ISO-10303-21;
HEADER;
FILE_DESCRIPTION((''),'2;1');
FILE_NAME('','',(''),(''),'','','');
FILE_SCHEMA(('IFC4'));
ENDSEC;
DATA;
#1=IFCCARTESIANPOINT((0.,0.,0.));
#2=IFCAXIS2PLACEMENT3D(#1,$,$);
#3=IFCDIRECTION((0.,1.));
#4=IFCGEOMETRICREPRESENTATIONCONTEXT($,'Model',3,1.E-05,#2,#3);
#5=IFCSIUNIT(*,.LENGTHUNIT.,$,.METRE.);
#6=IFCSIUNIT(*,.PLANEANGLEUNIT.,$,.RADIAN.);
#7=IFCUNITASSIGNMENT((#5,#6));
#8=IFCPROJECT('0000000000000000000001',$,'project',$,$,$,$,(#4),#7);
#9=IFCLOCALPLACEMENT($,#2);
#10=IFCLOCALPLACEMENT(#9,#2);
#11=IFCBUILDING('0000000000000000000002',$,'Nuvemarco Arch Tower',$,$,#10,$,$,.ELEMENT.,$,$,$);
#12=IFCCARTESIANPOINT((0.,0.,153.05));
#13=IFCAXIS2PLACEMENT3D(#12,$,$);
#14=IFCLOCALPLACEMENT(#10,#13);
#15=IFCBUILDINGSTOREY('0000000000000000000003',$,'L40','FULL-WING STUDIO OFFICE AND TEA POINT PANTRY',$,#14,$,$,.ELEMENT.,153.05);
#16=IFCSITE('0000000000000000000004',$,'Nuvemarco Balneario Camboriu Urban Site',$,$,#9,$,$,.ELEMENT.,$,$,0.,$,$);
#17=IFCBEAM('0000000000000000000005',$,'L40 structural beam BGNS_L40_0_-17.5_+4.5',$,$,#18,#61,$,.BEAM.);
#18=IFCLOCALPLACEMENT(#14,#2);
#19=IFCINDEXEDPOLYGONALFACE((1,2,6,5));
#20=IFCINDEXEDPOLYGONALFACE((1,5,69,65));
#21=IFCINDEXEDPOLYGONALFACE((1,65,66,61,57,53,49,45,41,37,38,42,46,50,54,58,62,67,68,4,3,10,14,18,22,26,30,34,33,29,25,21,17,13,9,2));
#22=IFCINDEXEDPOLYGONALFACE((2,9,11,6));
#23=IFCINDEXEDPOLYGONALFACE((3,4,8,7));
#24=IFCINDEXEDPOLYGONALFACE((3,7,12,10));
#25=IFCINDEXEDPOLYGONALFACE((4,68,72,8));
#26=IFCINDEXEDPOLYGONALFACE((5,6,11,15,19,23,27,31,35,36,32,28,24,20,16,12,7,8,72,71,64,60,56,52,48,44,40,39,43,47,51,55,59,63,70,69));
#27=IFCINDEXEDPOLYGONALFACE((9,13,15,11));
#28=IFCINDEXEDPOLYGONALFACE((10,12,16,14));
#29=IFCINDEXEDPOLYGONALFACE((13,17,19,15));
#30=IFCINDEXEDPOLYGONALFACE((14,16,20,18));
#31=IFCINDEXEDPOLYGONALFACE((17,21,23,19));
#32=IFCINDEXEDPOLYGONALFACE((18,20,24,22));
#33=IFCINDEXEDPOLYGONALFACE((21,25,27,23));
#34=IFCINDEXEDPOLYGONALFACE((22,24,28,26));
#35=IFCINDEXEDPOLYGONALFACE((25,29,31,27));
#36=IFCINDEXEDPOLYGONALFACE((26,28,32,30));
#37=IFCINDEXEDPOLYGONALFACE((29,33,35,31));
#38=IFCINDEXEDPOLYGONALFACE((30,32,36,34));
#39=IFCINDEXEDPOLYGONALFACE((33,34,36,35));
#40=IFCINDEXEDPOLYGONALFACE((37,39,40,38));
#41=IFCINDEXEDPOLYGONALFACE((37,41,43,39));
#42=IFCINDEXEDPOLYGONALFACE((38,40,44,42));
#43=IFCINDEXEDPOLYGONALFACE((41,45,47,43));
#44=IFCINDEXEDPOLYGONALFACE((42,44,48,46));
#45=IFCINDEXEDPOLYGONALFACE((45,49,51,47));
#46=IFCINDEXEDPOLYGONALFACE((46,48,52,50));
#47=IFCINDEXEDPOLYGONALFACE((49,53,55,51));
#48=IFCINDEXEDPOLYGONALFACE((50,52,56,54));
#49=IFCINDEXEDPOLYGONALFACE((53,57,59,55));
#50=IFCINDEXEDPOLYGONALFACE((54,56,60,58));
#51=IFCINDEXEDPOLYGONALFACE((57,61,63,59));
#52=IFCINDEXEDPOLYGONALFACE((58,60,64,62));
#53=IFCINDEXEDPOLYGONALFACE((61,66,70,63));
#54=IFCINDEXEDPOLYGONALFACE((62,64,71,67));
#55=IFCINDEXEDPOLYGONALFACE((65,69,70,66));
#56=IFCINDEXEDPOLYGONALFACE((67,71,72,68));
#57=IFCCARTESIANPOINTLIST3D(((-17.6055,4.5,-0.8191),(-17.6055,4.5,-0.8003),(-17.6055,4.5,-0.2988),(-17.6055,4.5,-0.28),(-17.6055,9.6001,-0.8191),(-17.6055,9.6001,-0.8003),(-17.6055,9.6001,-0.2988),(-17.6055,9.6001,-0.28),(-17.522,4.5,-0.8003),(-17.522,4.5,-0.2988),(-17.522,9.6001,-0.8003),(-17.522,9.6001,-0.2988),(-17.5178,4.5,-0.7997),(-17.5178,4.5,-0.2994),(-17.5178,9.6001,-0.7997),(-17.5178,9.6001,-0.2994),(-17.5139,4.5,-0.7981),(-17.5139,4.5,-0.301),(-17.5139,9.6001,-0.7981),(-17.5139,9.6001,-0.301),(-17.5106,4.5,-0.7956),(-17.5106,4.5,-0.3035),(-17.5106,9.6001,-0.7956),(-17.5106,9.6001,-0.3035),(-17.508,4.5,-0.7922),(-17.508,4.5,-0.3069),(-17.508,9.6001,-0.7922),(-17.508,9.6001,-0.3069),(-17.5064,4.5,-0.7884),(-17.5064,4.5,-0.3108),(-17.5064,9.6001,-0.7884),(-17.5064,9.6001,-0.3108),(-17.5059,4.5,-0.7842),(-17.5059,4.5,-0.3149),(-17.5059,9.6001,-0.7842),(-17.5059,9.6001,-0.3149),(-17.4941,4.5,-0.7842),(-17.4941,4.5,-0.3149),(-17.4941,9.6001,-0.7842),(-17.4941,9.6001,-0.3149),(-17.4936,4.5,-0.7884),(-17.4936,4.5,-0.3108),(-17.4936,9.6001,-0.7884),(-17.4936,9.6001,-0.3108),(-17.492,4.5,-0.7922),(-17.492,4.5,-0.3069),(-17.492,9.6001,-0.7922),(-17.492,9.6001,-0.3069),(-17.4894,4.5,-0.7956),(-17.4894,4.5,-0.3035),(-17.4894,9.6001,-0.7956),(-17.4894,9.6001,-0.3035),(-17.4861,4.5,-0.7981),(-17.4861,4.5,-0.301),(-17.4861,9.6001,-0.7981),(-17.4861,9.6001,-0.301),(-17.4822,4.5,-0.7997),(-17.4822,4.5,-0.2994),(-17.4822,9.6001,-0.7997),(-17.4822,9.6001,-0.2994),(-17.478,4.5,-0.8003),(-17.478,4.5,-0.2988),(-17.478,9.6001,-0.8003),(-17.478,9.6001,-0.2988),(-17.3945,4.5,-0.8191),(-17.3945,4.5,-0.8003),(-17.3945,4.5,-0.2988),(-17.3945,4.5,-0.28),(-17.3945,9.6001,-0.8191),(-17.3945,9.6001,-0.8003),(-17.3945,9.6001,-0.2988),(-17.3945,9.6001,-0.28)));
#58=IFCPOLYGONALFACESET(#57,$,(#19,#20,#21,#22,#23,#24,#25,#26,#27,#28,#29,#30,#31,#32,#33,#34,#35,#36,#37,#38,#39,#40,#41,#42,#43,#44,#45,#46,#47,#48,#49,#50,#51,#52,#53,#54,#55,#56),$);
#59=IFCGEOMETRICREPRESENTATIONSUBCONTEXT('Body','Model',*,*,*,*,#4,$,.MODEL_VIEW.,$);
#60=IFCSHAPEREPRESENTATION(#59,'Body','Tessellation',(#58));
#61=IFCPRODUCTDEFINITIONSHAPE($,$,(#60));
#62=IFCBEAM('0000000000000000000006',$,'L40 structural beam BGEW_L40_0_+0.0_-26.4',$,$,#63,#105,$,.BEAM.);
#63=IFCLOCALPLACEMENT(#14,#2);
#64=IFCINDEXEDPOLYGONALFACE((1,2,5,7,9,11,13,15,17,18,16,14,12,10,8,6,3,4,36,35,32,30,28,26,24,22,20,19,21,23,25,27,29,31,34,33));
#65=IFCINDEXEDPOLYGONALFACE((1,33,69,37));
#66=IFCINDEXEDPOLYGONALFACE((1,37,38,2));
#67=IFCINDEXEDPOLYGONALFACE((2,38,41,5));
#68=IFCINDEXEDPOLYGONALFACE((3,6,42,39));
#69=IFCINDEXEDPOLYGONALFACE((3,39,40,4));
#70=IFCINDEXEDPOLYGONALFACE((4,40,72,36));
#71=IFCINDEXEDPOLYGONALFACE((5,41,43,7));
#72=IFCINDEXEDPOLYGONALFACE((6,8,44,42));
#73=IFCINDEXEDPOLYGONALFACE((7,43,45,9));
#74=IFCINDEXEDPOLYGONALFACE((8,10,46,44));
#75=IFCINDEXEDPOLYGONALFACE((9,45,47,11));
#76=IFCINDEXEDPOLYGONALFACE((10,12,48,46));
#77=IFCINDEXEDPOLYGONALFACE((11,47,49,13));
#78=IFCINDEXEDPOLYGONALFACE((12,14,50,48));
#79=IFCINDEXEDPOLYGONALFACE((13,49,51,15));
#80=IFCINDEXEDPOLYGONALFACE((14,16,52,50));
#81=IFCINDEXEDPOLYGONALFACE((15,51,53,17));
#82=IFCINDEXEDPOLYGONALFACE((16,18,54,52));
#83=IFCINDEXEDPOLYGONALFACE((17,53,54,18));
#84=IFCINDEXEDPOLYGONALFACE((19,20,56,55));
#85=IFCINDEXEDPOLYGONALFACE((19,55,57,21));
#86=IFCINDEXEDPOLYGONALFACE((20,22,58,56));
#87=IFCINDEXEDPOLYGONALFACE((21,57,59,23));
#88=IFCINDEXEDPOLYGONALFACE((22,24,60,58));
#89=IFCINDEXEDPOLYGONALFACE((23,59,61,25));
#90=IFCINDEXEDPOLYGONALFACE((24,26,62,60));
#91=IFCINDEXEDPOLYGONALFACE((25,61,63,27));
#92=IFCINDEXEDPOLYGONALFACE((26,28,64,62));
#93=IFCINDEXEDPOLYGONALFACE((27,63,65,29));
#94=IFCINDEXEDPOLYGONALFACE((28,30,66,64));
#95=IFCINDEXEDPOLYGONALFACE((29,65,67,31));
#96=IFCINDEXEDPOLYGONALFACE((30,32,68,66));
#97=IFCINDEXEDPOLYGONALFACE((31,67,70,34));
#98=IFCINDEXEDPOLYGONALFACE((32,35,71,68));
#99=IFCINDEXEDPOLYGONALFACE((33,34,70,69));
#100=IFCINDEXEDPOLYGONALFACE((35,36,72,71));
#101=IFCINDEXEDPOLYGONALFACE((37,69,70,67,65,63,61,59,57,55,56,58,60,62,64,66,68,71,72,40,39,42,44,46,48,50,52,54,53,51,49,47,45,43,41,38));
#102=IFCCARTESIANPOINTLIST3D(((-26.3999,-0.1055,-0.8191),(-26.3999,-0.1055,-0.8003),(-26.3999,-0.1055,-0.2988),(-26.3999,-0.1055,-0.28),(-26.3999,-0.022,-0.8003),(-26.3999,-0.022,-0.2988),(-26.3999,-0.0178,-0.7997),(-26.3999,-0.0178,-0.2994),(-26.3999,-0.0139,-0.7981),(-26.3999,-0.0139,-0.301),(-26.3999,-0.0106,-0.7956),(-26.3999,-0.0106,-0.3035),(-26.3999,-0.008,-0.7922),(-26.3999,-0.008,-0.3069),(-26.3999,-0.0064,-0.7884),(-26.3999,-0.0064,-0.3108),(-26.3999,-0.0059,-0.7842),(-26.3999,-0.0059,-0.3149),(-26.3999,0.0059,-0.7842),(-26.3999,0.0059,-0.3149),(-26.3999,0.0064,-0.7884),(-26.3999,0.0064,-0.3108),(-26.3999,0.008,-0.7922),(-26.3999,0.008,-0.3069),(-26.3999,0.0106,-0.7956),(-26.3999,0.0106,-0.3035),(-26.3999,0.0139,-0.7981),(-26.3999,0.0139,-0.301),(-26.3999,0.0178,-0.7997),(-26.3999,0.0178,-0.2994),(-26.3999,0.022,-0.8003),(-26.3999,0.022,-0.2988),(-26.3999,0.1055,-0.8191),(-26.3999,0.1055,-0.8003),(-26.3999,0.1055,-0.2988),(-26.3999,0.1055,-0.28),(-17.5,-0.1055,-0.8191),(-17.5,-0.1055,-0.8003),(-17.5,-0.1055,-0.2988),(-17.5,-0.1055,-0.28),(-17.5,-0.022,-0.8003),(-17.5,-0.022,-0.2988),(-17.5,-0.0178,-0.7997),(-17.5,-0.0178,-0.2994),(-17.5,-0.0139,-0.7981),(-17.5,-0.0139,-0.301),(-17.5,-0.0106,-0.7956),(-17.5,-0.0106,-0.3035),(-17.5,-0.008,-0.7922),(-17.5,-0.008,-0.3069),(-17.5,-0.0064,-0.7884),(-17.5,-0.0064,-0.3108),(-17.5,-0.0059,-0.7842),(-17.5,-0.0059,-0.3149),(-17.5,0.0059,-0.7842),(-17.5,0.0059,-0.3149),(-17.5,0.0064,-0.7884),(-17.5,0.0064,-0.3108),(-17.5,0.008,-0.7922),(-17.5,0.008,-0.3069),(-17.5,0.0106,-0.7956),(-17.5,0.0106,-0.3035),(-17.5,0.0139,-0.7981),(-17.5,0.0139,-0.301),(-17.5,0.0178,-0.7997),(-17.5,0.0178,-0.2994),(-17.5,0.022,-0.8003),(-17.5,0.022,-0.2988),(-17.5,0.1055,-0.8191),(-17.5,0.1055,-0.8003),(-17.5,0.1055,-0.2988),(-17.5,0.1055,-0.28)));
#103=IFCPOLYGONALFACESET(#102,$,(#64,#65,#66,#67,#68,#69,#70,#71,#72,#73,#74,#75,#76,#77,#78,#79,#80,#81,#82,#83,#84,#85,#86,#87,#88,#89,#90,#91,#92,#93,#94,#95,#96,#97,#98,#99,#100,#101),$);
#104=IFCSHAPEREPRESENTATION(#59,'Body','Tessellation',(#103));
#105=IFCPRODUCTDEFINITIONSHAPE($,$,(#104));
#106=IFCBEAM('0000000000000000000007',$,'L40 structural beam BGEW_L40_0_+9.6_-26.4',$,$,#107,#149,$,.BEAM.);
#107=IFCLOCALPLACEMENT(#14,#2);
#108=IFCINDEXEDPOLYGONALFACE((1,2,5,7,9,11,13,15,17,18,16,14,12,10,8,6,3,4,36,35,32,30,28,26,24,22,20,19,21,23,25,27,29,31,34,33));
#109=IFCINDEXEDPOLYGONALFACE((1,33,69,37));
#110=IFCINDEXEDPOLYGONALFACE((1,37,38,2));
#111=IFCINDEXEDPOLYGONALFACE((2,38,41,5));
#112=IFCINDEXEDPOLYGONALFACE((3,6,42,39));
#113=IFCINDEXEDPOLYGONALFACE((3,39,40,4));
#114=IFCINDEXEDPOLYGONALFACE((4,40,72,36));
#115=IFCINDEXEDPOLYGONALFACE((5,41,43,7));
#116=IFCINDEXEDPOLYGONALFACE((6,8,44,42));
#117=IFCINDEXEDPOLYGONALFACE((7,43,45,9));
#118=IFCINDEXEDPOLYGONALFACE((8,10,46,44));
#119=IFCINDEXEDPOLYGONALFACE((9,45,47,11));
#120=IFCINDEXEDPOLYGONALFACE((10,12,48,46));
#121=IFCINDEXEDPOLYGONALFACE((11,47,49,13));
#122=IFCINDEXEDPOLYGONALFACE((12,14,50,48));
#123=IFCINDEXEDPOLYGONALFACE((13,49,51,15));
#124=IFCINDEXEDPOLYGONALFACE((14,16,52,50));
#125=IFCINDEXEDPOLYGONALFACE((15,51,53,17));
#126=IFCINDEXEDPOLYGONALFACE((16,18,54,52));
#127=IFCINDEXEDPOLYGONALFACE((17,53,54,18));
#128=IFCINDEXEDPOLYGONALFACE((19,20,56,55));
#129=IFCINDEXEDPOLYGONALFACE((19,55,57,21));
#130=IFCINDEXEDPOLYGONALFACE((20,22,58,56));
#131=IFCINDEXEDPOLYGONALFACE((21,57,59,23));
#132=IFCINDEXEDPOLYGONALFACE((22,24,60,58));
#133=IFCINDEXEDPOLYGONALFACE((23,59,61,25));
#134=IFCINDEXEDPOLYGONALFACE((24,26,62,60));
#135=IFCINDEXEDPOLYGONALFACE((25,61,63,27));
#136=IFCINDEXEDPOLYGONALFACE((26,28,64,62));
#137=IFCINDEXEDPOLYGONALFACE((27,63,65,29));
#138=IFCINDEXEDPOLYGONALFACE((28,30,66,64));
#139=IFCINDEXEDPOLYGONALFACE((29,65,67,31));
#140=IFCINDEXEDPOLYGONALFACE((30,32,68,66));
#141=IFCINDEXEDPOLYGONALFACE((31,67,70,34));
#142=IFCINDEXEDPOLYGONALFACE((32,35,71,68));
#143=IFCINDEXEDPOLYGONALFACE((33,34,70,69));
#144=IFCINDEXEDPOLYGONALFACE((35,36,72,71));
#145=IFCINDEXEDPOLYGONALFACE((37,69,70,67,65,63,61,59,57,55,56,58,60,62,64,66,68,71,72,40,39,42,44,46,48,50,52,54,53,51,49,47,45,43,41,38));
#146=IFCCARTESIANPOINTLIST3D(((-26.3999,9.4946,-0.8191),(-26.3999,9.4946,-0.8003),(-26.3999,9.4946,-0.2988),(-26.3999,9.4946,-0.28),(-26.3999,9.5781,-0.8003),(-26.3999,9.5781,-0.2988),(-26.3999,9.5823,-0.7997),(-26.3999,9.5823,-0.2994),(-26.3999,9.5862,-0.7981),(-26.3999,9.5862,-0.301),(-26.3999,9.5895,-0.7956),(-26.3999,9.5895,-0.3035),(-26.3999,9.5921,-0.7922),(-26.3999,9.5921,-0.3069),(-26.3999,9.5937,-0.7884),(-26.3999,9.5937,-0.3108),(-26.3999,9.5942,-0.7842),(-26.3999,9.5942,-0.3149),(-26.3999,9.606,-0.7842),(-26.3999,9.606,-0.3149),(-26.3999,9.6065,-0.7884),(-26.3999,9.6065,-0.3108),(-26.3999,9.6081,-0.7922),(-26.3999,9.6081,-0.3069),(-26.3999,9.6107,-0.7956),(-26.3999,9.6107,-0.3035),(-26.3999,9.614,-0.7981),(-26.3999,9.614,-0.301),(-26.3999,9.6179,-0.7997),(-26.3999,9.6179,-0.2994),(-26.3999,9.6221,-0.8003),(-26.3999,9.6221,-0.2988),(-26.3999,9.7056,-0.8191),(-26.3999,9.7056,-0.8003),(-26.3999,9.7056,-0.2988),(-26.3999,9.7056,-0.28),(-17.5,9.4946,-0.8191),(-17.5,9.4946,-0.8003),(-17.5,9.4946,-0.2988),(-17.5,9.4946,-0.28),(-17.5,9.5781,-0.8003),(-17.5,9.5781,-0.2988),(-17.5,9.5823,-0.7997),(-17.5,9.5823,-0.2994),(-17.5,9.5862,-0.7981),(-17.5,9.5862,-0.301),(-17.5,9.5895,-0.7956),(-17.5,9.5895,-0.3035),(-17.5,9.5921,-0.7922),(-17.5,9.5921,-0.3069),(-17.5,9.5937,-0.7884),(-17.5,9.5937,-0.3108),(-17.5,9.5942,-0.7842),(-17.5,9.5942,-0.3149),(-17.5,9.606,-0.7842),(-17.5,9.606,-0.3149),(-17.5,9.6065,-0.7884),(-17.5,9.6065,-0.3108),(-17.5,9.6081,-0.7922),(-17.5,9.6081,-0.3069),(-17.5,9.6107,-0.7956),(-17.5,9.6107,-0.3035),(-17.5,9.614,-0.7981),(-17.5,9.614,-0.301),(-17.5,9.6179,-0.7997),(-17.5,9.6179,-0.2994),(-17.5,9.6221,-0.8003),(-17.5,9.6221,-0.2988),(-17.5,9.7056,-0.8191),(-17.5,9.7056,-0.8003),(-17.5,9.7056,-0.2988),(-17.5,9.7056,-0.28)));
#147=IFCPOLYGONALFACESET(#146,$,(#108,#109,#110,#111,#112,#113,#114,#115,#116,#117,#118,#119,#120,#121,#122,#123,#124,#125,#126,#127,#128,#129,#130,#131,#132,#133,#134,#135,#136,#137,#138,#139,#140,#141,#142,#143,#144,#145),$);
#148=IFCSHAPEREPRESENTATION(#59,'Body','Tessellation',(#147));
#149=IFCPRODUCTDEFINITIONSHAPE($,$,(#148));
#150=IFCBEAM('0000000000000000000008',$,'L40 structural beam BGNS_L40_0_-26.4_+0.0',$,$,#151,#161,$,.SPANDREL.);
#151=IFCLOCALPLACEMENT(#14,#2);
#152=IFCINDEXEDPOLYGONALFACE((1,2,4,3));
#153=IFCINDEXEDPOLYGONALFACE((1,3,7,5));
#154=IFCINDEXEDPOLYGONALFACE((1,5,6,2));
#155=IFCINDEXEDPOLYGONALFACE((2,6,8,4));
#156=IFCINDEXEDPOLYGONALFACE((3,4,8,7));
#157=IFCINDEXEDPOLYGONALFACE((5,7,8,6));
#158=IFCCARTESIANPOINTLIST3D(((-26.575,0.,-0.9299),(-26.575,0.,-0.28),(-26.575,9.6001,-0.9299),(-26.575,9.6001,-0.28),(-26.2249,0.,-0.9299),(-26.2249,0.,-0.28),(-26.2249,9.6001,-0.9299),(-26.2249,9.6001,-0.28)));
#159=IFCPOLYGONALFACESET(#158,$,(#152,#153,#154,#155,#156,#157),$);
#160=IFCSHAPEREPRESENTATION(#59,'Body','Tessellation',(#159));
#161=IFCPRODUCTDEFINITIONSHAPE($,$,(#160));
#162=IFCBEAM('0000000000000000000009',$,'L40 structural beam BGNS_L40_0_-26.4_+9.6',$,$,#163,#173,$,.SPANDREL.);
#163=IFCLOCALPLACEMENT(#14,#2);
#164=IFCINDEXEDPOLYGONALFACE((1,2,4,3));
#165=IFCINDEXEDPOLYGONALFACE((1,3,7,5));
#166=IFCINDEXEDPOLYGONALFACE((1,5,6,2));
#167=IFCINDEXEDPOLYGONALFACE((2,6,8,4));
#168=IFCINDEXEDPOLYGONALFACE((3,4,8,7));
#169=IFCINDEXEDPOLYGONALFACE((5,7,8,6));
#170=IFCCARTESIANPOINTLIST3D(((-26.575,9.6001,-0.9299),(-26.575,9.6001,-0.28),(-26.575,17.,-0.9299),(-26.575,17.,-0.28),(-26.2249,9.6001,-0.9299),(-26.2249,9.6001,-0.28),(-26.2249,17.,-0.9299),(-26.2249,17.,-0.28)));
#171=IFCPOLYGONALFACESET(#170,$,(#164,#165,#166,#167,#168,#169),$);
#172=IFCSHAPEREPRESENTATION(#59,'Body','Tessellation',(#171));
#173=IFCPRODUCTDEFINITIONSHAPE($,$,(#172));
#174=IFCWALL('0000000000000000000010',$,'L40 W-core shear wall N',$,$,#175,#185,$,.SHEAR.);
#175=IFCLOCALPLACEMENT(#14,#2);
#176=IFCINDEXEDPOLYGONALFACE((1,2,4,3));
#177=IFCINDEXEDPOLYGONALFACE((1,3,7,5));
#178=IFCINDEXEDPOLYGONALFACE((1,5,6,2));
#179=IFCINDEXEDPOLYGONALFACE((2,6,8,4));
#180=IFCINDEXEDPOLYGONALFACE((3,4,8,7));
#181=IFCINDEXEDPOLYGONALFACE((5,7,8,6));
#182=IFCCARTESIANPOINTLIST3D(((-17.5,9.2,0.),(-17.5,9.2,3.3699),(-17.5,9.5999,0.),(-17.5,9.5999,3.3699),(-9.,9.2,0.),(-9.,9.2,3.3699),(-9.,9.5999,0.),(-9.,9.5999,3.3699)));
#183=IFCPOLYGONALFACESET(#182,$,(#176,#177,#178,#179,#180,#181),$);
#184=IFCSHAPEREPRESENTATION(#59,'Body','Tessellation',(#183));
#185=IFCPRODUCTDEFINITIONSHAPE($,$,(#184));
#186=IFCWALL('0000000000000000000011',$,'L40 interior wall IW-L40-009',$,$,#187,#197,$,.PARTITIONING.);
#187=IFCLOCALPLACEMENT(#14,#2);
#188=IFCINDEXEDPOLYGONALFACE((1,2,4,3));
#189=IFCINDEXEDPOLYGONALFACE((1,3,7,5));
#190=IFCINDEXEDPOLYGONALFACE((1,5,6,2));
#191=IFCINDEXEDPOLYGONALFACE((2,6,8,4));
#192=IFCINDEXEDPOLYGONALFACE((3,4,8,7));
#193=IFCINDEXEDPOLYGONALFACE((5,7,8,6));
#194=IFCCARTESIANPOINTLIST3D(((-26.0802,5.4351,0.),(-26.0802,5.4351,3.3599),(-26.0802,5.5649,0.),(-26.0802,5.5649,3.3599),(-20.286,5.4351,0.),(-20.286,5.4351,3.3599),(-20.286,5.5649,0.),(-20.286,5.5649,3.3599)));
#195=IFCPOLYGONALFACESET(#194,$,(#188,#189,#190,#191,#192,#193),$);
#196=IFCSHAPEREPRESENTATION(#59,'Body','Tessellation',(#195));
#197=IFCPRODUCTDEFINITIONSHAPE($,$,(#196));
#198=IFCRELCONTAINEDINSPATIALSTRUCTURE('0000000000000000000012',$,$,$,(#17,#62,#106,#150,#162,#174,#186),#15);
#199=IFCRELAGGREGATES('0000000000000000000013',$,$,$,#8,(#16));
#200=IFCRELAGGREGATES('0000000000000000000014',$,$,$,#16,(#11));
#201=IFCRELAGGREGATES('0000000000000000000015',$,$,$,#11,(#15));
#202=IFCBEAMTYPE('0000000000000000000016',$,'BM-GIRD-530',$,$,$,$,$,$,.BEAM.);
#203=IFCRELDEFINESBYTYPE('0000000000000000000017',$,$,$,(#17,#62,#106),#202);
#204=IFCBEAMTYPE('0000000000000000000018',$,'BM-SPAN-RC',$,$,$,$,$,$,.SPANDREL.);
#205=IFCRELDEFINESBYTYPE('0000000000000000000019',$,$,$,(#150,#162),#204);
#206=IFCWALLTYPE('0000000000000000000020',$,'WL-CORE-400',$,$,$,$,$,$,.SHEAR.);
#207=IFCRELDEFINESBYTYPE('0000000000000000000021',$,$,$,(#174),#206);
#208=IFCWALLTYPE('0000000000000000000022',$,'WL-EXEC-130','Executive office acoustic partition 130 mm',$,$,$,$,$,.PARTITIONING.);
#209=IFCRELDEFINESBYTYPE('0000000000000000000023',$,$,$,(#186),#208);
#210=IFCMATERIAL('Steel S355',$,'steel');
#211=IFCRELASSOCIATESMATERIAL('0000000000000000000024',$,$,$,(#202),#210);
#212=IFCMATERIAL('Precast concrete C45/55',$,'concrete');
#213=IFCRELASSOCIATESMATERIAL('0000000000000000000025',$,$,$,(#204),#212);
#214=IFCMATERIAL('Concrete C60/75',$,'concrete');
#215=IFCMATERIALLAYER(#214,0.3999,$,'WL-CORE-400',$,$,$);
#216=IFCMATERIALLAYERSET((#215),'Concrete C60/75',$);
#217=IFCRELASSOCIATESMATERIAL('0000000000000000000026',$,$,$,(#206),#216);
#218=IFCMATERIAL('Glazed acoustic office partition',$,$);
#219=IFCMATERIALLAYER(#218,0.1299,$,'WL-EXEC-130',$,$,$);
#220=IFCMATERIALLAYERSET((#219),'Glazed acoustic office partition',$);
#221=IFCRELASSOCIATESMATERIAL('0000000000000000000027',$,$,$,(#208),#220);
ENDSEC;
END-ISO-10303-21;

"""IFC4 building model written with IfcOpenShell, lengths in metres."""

from ifc_helpers import new_model, si_unit, direction, frame, frame_2d, origin, origin_2d, place, context, subcontext, project, spatial, rectangle, i_section, extrude, material, layer, layer_set, material_profile, profile_set, type_object, element, save


model = new_model("IFC4")

# Units and contexts
model_context = context("Model", 3, precision=1e-05, world=origin(), true_north=direction((0.0, 1.0)))
body_context = subcontext(model_context, "Body", "Model", "MODEL_VIEW")
ifc_project = project(units=[si_unit("LENGTHUNIT", "METRE"), si_unit("PLANEANGLEUNIT", "RADIAN")], contexts=[model_context])

# Site, building, storey
site_placement = place(None, origin())
site = spatial("IfcSite", under=ifc_project, at=site_placement, Name="Nuvemarco Balneario Camboriu Urban Site", CompositionType="ELEMENT", RefElevation=0.0)
building_placement = place(site_placement, origin())
building = spatial("IfcBuilding", under=site, at=building_placement, Name="Nuvemarco Arch Tower", CompositionType="ELEMENT")
storey_placement = place(building_placement, frame((0.0, 0.0, 153.05)))
storey = spatial("IfcBuildingStorey", under=building, at=storey_placement, Name="L40", Description="FULL-WING STUDIO OFFICE AND TEA POINT PANTRY", CompositionType="ELEMENT", Elevation=153.05)

# Shared definitions
ifc_material_1 = material(Name="Steel S355", Category="steel")

# Beams
ifc_material_profile_1 = material_profile(ifc_material_1, i_section(OverallWidth=0.2109, OverallDepth=0.5391, WebThickness=0.0117, FlangeThickness=0.0188, FilletRadius=0.0161, at=origin_2d()), Name="W530x109")
ifc_profile_set_1 = profile_set([ifc_material_profile_1], Name="Steel S355")
beam_type_1 = type_object("IfcBeamType", Name="BM-GIRD-530", PredefinedType="BEAM", material=ifc_profile_set_1)
beam_1_placement = place(storey_placement, frame((-17.5, 4.5, -0.5496), z_axis=(0.0, 1.0, 0.0), x_axis=(-1.0, 0.0, 0.0)))
element("IfcBeam", 1, at=beam_1_placement, inside=storey, type_object=beam_type_1, Name="L40 structural beam BGNS_L40_0_-17.5_+4.5", PredefinedType="BEAM", context=body_context, shape_type="SweptSolid", body=[
    extrude(i_section(OverallWidth=0.2109, OverallDepth=0.5391, WebThickness=0.0117, FlangeThickness=0.0188, FilletRadius=0.0161, at=origin_2d()), origin(), (0.0, 0.0, 1.0), 5.1001),
])
for number, where, z_axis, x_axis, name in (
    (2, (-26.3999, 0.0, -0.5496), (1.0, 0.0, 0.0), (0.0, 1.0, 0.0), "L40 structural beam BGEW_L40_0_+0.0_-26.4"),
    (3, (-26.3999, 9.6001, -0.5496), (1.0, 0.0, 0.0), (0.0, 1.0, 0.0), "L40 structural beam BGEW_L40_0_+9.6_-26.4"),
):
    element("IfcBeam", number, at=place(storey_placement, frame(where, z_axis=z_axis, x_axis=x_axis)), inside=storey, type_object=beam_type_1, Name=name, PredefinedType="BEAM", context=body_context, shape_type="SweptSolid", body=[
        extrude(i_section(OverallWidth=0.2109, OverallDepth=0.5391, WebThickness=0.0117, FlangeThickness=0.0188, FilletRadius=0.0161, at=origin_2d()), origin(), (0.0, 0.0, 1.0), 8.8999),
    ])
ifc_material_2 = material(Name="Precast concrete C45/55", Category="concrete")
ifc_material_profile_2 = material_profile(ifc_material_2, rectangle(XDim=0.3501, YDim=0.6499, at=origin_2d()), Name="PC-SP-350x650")
ifc_profile_set_2 = profile_set([ifc_material_profile_2], Name="Precast concrete C45/55")
beam_type_2 = type_object("IfcBeamType", Name="BM-SPAN-RC", PredefinedType="SPANDREL", material=ifc_profile_set_2)
beam_2_placement = place(storey_placement, frame((-26.3999, 0.0, -0.605), z_axis=(0.0, 1.0, 0.0), x_axis=(-1.0, 0.0, 0.0)))
element("IfcBeam", 4, at=beam_2_placement, inside=storey, type_object=beam_type_2, Name="L40 structural beam BGNS_L40_0_-26.4_+0.0", PredefinedType="SPANDREL", context=body_context, shape_type="SweptSolid", body=[
    extrude(rectangle(XDim=0.3501, YDim=0.6499, at=origin_2d()), origin(), (0.0, 0.0, 1.0), 9.6001),
])
beam_3_placement = place(storey_placement, frame((-26.3999, 9.6001, -0.605), z_axis=(0.0, 1.0, 0.0), x_axis=(-1.0, 0.0, 0.0)))
element("IfcBeam", 5, at=beam_3_placement, inside=storey, type_object=beam_type_2, Name="L40 structural beam BGNS_L40_0_-26.4_+9.6", PredefinedType="SPANDREL", context=body_context, shape_type="SweptSolid", body=[
    extrude(rectangle(XDim=0.3501, YDim=0.6499, at=origin_2d()), origin(), (0.0, 0.0, 1.0), 7.3999),
])

# Walls
ifc_material_3 = material(Name="Concrete C60/75", Category="concrete")
ifc_layer_1 = layer(ifc_material_3, 0.3999, Name="WL-CORE-400")
ifc_layer_set_1 = layer_set([ifc_layer_1], Name="Concrete C60/75")
wall_type_1 = type_object("IfcWallType", Name="WL-CORE-400", PredefinedType="SHEAR", material=ifc_layer_set_1)
wall_1_placement = place(storey_placement, frame((-17.5, 9.3999, 0.0), z_axis=(0.0, 0.0, 1.0), x_axis=(1.0, 0.0, 0.0)))
element("IfcWall", 6, at=wall_1_placement, inside=storey, type_object=wall_type_1, Name="L40 W-core shear wall N", PredefinedType="SHEAR", context=body_context, shape_type="SweptSolid", body=[
    extrude(rectangle(XDim=8.5, YDim=0.3999, at=frame_2d((4.25, 0.0))), origin(), (0.0, 0.0, 1.0), 3.3699),
])
ifc_material_4 = material(Name="Glazed acoustic office partition")
ifc_layer_2 = layer(ifc_material_4, 0.1299, Name="WL-EXEC-130")
ifc_layer_set_2 = layer_set([ifc_layer_2], Name="Glazed acoustic office partition")
wall_type_2 = type_object("IfcWallType", Name="WL-EXEC-130", Description="Executive office acoustic partition 130 mm", PredefinedType="PARTITIONING", material=ifc_layer_set_2)
wall_2_placement = place(storey_placement, frame((-26.0801, 5.5, 0.0), z_axis=(0.0, 0.0, 1.0), x_axis=(1.0, 0.0, 0.0)))
element("IfcWall", 7, at=wall_2_placement, inside=storey, type_object=wall_type_2, Name="L40 interior wall IW-L40-009", PredefinedType="PARTITIONING", context=body_context, shape_type="SweptSolid", body=[
    extrude(rectangle(XDim=5.7942, YDim=0.1299, at=frame_2d((2.897, 0.0))), origin(), (0.0, 0.0, 1.0), 3.3599),
])

save(model, "model.ifc")
